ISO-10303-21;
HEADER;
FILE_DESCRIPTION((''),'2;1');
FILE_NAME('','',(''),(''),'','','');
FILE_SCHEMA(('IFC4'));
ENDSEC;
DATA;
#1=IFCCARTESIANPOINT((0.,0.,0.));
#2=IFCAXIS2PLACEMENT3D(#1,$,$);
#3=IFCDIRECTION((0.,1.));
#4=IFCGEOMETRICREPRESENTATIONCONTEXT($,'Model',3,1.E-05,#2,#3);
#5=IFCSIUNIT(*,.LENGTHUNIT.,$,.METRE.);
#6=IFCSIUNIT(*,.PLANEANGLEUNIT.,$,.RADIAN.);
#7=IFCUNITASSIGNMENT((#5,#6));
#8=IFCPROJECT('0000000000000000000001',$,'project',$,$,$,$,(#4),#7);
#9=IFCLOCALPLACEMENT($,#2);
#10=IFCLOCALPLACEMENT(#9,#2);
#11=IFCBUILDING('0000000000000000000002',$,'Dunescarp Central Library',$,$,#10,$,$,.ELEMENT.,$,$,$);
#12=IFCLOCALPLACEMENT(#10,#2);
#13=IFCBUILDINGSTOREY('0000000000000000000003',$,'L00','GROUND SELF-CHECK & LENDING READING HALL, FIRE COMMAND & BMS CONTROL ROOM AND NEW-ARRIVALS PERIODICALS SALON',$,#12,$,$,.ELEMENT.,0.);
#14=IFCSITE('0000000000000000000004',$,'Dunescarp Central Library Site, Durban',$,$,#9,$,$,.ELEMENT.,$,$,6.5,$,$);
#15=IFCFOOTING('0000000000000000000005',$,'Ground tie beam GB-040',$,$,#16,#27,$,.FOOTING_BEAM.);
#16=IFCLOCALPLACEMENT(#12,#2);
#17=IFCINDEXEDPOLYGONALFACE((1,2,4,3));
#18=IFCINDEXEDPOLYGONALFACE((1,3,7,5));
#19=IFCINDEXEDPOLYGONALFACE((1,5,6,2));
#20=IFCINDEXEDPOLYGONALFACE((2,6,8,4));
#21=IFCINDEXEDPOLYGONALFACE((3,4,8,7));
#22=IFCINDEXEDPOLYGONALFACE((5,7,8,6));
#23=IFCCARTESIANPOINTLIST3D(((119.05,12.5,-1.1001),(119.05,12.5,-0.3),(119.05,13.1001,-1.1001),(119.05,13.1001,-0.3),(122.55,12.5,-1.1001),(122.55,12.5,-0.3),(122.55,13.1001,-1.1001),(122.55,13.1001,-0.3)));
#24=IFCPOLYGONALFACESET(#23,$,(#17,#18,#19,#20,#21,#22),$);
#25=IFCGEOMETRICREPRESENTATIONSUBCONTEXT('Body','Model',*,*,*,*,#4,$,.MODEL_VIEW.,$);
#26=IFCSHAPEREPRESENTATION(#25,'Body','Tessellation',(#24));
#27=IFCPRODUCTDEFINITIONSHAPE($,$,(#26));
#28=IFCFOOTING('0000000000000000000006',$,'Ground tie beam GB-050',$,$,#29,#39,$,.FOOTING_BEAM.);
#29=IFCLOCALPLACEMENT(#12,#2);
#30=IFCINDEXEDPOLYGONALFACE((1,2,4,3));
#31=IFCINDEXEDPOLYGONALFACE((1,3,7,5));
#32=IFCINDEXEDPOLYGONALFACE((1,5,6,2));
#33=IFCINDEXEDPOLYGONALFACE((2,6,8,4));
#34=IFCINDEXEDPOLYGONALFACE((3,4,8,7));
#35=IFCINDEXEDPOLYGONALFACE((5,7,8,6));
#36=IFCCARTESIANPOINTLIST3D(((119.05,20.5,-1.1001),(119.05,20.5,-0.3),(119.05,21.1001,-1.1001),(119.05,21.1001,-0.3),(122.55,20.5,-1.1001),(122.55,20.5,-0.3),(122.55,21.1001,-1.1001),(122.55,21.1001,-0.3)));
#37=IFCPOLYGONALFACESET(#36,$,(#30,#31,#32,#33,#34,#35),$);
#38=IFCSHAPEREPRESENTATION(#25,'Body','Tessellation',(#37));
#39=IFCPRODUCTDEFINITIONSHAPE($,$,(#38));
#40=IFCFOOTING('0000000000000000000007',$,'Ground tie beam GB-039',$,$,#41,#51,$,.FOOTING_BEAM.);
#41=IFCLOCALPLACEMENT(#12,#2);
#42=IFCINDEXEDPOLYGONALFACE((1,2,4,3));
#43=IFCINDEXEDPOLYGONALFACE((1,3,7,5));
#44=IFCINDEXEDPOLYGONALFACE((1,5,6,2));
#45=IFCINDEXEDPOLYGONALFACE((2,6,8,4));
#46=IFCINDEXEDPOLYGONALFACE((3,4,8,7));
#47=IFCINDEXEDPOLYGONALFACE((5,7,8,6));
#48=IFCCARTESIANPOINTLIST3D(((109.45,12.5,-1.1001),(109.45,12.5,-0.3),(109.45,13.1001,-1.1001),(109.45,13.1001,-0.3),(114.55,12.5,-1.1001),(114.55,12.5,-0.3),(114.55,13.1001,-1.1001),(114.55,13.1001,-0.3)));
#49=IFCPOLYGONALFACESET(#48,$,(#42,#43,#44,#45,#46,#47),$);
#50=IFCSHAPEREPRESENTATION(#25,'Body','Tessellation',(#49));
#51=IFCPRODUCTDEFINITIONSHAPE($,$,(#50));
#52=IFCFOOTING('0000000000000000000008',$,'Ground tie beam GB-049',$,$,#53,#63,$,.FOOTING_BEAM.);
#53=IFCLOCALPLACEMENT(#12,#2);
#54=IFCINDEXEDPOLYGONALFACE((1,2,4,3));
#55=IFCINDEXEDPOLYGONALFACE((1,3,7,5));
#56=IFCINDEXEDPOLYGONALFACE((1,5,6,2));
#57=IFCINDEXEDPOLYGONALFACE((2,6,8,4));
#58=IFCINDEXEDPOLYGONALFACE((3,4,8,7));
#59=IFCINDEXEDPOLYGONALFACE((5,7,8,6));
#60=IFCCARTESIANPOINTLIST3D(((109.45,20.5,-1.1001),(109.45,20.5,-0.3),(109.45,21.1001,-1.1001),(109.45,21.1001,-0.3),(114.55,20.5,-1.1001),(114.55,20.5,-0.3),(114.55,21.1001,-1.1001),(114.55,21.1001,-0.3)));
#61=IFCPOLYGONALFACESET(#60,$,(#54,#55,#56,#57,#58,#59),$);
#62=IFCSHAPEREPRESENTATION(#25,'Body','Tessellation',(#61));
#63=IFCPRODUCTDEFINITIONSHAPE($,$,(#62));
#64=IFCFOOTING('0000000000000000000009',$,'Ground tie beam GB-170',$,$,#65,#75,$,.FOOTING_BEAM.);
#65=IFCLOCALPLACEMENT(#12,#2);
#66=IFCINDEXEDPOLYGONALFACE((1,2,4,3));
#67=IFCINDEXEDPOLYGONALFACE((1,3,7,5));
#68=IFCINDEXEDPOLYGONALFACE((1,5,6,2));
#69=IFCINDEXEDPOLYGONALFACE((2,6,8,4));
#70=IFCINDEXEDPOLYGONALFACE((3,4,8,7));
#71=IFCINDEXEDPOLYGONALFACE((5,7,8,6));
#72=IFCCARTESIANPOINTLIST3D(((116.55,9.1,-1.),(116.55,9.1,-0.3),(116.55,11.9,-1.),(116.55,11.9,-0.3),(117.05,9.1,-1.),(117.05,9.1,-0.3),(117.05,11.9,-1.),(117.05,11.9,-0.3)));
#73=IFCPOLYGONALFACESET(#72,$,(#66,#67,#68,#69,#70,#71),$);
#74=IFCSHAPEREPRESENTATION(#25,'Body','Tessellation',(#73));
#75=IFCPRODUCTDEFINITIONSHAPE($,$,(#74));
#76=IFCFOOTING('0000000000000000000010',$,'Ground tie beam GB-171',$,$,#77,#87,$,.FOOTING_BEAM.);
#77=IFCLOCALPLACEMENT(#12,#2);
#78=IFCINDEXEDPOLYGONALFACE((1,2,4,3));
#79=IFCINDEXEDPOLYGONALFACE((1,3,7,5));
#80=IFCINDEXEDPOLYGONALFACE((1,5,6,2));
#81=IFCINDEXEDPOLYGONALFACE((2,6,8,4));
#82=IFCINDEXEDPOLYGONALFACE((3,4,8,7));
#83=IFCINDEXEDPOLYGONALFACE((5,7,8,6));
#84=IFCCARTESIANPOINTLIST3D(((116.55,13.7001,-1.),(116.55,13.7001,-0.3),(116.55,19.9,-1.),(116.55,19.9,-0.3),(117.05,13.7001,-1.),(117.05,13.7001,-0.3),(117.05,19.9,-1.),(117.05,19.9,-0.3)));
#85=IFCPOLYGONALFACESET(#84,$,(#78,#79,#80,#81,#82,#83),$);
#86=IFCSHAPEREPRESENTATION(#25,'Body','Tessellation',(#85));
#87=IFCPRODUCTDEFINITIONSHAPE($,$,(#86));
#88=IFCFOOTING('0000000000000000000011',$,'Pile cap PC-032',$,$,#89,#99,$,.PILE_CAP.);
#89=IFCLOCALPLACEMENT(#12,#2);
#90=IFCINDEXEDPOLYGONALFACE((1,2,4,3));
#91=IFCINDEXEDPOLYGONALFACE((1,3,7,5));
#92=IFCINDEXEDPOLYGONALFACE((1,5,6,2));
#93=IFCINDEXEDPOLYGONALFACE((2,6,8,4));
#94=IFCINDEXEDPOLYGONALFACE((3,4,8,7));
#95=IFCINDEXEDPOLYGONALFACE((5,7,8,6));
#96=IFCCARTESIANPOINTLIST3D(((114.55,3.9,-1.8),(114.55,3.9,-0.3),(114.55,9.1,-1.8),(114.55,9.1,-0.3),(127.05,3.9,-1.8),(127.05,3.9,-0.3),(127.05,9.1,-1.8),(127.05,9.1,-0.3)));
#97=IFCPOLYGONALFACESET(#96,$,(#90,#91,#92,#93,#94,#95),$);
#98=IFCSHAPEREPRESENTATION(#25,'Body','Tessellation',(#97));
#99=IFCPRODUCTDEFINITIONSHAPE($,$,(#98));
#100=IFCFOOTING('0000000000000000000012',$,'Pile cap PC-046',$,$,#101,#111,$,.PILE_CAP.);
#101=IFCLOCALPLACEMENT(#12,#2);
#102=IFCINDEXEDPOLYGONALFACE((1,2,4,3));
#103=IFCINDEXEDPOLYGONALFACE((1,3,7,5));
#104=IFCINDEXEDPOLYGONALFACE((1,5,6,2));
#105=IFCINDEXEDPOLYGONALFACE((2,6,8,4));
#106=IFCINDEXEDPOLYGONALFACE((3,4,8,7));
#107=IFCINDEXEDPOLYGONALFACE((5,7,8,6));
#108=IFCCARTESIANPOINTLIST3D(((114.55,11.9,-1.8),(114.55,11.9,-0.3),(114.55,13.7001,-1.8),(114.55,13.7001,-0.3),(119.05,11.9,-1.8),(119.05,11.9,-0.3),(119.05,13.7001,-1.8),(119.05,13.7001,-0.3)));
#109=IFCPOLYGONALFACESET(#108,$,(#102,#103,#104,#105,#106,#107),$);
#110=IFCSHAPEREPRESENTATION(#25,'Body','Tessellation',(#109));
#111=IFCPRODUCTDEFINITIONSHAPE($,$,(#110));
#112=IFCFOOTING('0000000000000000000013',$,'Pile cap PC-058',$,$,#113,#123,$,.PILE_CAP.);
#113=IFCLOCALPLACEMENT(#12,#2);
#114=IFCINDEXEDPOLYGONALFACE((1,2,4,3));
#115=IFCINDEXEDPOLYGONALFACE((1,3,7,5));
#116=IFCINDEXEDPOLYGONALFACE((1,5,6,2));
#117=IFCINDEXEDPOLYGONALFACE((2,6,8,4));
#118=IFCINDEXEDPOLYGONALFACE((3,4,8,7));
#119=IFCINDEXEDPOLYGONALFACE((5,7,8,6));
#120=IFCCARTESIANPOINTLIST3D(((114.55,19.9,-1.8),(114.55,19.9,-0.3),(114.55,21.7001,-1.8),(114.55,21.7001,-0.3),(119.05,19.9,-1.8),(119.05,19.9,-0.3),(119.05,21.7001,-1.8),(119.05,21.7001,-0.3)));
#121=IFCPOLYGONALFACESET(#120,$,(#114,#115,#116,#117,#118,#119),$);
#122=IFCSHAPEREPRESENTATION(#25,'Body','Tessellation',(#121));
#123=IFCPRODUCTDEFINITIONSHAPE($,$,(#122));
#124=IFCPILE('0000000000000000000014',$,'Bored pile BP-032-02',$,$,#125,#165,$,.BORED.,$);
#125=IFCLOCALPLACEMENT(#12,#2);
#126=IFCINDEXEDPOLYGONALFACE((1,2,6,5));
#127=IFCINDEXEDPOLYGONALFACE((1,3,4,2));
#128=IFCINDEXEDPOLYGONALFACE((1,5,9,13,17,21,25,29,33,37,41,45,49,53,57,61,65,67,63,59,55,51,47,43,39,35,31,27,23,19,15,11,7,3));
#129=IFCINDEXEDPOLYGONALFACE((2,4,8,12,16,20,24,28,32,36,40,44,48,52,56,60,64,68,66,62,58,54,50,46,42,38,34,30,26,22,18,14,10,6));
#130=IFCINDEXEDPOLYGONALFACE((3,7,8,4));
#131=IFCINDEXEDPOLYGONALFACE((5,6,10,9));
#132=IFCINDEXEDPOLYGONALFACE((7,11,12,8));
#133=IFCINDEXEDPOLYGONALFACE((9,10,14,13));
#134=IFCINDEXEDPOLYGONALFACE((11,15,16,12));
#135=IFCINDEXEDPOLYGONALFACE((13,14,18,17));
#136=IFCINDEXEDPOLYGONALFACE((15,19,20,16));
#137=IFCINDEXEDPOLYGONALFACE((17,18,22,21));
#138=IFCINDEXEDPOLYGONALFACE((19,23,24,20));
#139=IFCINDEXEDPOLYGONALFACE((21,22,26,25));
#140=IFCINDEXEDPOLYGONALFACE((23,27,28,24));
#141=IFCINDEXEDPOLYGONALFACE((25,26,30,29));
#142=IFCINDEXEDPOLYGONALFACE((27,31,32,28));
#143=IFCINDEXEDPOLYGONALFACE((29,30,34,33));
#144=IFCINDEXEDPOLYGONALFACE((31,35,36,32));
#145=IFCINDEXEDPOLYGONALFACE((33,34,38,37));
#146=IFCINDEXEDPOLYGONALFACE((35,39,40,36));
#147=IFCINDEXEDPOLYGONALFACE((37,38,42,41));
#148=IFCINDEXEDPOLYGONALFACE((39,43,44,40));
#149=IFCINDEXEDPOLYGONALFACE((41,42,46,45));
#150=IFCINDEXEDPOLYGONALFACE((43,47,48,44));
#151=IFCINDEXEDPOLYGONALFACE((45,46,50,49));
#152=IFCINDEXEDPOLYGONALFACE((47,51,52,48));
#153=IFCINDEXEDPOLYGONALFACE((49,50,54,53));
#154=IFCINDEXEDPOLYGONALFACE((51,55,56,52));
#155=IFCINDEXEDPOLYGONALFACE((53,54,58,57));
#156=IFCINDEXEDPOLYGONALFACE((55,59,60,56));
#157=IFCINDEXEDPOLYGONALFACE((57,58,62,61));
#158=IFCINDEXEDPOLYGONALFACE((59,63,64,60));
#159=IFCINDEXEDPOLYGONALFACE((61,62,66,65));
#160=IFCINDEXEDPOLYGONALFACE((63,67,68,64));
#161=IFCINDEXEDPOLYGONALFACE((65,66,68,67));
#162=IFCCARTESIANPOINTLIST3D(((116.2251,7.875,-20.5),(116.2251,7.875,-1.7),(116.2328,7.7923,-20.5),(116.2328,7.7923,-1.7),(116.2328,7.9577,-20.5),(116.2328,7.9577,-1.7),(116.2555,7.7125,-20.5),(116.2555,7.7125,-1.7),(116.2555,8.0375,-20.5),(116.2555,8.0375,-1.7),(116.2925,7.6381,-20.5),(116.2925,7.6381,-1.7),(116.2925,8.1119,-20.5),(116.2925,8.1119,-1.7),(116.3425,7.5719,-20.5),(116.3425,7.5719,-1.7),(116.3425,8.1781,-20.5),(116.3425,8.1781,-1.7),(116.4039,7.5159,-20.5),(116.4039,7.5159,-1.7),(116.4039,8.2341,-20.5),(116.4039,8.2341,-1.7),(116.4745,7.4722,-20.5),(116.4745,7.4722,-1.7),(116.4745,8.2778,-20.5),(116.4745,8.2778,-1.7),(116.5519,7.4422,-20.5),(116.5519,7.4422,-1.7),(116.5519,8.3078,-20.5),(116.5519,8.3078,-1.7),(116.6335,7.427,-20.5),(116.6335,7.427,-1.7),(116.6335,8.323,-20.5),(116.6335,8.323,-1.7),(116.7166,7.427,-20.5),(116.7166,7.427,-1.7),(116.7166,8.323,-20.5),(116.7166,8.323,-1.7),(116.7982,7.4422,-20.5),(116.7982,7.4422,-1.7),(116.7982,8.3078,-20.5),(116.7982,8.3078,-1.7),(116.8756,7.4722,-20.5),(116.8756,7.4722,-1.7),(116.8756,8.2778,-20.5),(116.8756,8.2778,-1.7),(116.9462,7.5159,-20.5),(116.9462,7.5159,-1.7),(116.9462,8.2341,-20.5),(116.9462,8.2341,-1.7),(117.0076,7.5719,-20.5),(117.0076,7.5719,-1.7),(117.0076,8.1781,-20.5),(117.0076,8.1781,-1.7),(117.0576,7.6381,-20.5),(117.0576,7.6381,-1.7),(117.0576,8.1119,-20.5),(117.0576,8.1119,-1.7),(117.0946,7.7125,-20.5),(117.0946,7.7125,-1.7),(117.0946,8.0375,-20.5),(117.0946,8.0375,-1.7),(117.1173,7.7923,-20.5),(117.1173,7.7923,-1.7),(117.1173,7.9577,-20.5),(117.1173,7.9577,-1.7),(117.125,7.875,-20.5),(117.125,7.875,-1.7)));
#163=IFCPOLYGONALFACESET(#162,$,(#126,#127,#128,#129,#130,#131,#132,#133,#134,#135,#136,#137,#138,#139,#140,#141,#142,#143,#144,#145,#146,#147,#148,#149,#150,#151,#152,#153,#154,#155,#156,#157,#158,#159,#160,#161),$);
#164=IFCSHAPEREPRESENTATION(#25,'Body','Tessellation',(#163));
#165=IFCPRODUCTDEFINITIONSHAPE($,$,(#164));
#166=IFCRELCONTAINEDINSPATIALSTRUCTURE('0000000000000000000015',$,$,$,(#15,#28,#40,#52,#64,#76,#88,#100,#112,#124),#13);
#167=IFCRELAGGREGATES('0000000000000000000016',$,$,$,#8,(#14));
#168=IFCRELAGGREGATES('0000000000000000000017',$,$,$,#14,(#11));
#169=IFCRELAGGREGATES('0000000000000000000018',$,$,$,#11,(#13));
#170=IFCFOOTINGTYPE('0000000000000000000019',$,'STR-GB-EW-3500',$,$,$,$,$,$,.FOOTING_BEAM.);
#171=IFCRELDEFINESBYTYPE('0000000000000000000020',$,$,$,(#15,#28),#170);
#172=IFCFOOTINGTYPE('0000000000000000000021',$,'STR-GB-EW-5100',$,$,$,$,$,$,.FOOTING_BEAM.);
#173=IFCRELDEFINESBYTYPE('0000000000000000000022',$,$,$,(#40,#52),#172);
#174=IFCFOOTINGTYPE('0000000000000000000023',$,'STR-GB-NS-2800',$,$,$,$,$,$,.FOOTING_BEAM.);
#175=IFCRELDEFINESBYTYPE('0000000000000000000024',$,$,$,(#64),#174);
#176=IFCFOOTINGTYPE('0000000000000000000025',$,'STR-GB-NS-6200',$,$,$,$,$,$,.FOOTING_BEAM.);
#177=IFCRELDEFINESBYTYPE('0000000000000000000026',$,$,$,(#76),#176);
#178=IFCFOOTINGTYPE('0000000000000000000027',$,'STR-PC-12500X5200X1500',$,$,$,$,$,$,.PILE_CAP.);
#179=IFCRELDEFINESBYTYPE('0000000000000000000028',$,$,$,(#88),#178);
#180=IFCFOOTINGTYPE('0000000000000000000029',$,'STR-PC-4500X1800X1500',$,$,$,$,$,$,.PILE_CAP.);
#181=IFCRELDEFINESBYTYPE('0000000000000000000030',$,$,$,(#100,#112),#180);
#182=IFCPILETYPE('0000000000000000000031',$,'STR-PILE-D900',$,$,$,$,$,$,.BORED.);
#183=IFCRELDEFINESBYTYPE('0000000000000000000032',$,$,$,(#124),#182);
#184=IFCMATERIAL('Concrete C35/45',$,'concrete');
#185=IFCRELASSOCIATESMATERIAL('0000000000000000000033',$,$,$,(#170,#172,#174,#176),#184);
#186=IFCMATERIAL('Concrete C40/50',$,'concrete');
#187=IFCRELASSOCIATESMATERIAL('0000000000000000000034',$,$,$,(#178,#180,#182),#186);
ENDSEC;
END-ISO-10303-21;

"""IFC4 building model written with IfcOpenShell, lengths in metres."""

from ifc_helpers import new_model, si_unit, direction, frame, origin, origin_2d, place, context, subcontext, project, spatial, rectangle, circle, extrude, material, material_profile, profile_set, type_object, element, save


model = new_model("IFC4")

# Units and contexts
model_context = context("Model", 3, precision=1e-05, world=origin(), true_north=direction((0.0, 1.0)))
body_context = subcontext(model_context, "Body", "Model", "MODEL_VIEW")
ifc_project = project(units=[si_unit("LENGTHUNIT", "METRE"), si_unit("PLANEANGLEUNIT", "RADIAN")], contexts=[model_context])

# Site, building, storey
site_placement = place(None, origin())
site = spatial("IfcSite", under=ifc_project, at=site_placement, Name="Dunescarp Central Library Site, Durban", CompositionType="ELEMENT", RefElevation=6.5)
building_placement = place(site_placement, origin())
building = spatial("IfcBuilding", under=site, at=building_placement, Name="Dunescarp Central Library", CompositionType="ELEMENT")
storey_placement = place(building_placement, origin())
storey = spatial("IfcBuildingStorey", under=building, at=storey_placement, Name="L00", Description="GROUND SELF-CHECK & LENDING READING HALL, FIRE COMMAND & BMS CONTROL ROOM AND NEW-ARRIVALS PERIODICALS SALON", CompositionType="ELEMENT", Elevation=0.0)

# Footings
ifc_material_1 = material(Name="Concrete C35/45", Category="concrete")
footing_type_1 = type_object("IfcFootingType", Name="STR-GB-EW-3500", PredefinedType="FOOTING_BEAM", material=ifc_material_1)
for number, where, z_axis, x_axis, name in (
    (1, (120.8, 12.8, -1.1001), (0.0, 0.0, 1.0), (1.0, 0.0, 0.0), "Ground tie beam GB-040"),
    (2, (120.8, 20.8, -1.1001), (0.0, 0.0, 1.0), (1.0, 0.0, 0.0), "Ground tie beam GB-050"),
):
    element("IfcFooting", number, at=place(storey_placement, frame(where, z_axis=z_axis, x_axis=x_axis)), inside=storey, type_object=footing_type_1, Name=name, PredefinedType="FOOTING_BEAM", context=body_context, shape_type="SweptSolid", body=[
        extrude(rectangle(XDim=3.5, YDim=0.6001, at=origin_2d()), origin(), (0.0, 0.0, 1.0), 0.8),
    ])
footing_type_2 = type_object("IfcFootingType", Name="STR-GB-EW-5100", PredefinedType="FOOTING_BEAM", material=ifc_material_1)
for number, where, z_axis, x_axis, name in (
    (3, (112.0, 12.8, -1.1001), (0.0, 0.0, 1.0), (1.0, 0.0, 0.0), "Ground tie beam GB-039"),
    (4, (112.0, 20.8, -1.1001), (0.0, 0.0, 1.0), (1.0, 0.0, 0.0), "Ground tie beam GB-049"),
):
    element("IfcFooting", number, at=place(storey_placement, frame(where, z_axis=z_axis, x_axis=x_axis)), inside=storey, type_object=footing_type_2, Name=name, PredefinedType="FOOTING_BEAM", context=body_context, shape_type="SweptSolid", body=[
        extrude(rectangle(XDim=5.1001, YDim=0.6001, at=origin_2d()), origin(), (0.0, 0.0, 1.0), 0.8),
    ])
footing_type_3 = type_object("IfcFootingType", Name="STR-GB-NS-2800", PredefinedType="FOOTING_BEAM", material=ifc_material_1)
footing_1_placement = place(storey_placement, frame((116.8, 10.5, -1.0), z_axis=(0.0, 0.0, 1.0), x_axis=(0.0, 1.0, 0.0)))
element("IfcFooting", 5, at=footing_1_placement, inside=storey, type_object=footing_type_3, Name="Ground tie beam GB-170", PredefinedType="FOOTING_BEAM", context=body_context, shape_type="SweptSolid", body=[
    extrude(rectangle(XDim=2.8, YDim=0.5, at=origin_2d()), origin(), (0.0, 0.0, 1.0), 0.7),
])
footing_type_4 = type_object("IfcFootingType", Name="STR-GB-NS-6200", PredefinedType="FOOTING_BEAM", material=ifc_material_1)
footing_2_placement = place(storey_placement, frame((116.8, 16.8, -1.0), z_axis=(0.0, 0.0, 1.0), x_axis=(0.0, 1.0, 0.0)))
element("IfcFooting", 6, at=footing_2_placement, inside=storey, type_object=footing_type_4, Name="Ground tie beam GB-171", PredefinedType="FOOTING_BEAM", context=body_context, shape_type="SweptSolid", body=[
    extrude(rectangle(XDim=6.2, YDim=0.5, at=origin_2d()), origin(), (0.0, 0.0, 1.0), 0.7),
])
ifc_material_2 = material(Name="Concrete C40/50", Category="concrete")
footing_type_5 = type_object("IfcFootingType", Name="STR-PC-12500X5200X1500", PredefinedType="PILE_CAP", material=ifc_material_2)
footing_3_placement = place(storey_placement, frame((120.8, 6.5, -1.8), z_axis=(0.0, 0.0, 1.0), x_axis=(1.0, 0.0, 0.0)))
element("IfcFooting", 7, at=footing_3_placement, inside=storey, type_object=footing_type_5, Name="Pile cap PC-032", PredefinedType="PILE_CAP", context=body_context, shape_type="SweptSolid", body=[
    extrude(rectangle(XDim=12.5, YDim=5.2, at=origin_2d()), origin(), (0.0, 0.0, 1.0), 1.5),
])
footing_type_6 = type_object("IfcFootingType", Name="STR-PC-4500X1800X1500", PredefinedType="PILE_CAP", material=ifc_material_2)
for number, where, z_axis, x_axis, name in (
    (8, (116.8, 12.8, -1.8), (0.0, 0.0, 1.0), (1.0, 0.0, 0.0), "Pile cap PC-046"),
    (9, (116.8, 20.8, -1.8), (0.0, 0.0, 1.0), (1.0, 0.0, 0.0), "Pile cap PC-058"),
):
    element("IfcFooting", number, at=place(storey_placement, frame(where, z_axis=z_axis, x_axis=x_axis)), inside=storey, type_object=footing_type_6, Name=name, PredefinedType="PILE_CAP", context=body_context, shape_type="SweptSolid", body=[
        extrude(rectangle(XDim=4.5, YDim=1.8, at=origin_2d()), origin(), (0.0, 0.0, 1.0), 1.5),
    ])

# Pile
ifc_material_profile_1 = material_profile(ifc_material_2, circle(Radius=0.45, at=origin_2d()), Name="PILE D900")
ifc_profile_set_1 = profile_set([ifc_material_profile_1], Name="Concrete C40/50")
pile_type = type_object("IfcPileType", Name="STR-PILE-D900", PredefinedType="BORED", material=ifc_profile_set_1)
for number, where, z_axis, x_axis, name in (
    (10, (116.675, 7.875, -1.7), (0.0, 0.0, -1.0), (1.0, 0.0, 0.0), "Bored pile BP-032-02"),
):
    element("IfcPile", number, at=place(storey_placement, frame(where, z_axis=z_axis, x_axis=x_axis)), inside=storey, type_object=pile_type, Name=name, PredefinedType="BORED", context=body_context, shape_type="SweptSolid", body=[
        extrude(circle(Radius=0.45, at=origin_2d()), origin(), (0.0, 0.0, 1.0), 18.8),
    ])

save(model, "model.ifc")
